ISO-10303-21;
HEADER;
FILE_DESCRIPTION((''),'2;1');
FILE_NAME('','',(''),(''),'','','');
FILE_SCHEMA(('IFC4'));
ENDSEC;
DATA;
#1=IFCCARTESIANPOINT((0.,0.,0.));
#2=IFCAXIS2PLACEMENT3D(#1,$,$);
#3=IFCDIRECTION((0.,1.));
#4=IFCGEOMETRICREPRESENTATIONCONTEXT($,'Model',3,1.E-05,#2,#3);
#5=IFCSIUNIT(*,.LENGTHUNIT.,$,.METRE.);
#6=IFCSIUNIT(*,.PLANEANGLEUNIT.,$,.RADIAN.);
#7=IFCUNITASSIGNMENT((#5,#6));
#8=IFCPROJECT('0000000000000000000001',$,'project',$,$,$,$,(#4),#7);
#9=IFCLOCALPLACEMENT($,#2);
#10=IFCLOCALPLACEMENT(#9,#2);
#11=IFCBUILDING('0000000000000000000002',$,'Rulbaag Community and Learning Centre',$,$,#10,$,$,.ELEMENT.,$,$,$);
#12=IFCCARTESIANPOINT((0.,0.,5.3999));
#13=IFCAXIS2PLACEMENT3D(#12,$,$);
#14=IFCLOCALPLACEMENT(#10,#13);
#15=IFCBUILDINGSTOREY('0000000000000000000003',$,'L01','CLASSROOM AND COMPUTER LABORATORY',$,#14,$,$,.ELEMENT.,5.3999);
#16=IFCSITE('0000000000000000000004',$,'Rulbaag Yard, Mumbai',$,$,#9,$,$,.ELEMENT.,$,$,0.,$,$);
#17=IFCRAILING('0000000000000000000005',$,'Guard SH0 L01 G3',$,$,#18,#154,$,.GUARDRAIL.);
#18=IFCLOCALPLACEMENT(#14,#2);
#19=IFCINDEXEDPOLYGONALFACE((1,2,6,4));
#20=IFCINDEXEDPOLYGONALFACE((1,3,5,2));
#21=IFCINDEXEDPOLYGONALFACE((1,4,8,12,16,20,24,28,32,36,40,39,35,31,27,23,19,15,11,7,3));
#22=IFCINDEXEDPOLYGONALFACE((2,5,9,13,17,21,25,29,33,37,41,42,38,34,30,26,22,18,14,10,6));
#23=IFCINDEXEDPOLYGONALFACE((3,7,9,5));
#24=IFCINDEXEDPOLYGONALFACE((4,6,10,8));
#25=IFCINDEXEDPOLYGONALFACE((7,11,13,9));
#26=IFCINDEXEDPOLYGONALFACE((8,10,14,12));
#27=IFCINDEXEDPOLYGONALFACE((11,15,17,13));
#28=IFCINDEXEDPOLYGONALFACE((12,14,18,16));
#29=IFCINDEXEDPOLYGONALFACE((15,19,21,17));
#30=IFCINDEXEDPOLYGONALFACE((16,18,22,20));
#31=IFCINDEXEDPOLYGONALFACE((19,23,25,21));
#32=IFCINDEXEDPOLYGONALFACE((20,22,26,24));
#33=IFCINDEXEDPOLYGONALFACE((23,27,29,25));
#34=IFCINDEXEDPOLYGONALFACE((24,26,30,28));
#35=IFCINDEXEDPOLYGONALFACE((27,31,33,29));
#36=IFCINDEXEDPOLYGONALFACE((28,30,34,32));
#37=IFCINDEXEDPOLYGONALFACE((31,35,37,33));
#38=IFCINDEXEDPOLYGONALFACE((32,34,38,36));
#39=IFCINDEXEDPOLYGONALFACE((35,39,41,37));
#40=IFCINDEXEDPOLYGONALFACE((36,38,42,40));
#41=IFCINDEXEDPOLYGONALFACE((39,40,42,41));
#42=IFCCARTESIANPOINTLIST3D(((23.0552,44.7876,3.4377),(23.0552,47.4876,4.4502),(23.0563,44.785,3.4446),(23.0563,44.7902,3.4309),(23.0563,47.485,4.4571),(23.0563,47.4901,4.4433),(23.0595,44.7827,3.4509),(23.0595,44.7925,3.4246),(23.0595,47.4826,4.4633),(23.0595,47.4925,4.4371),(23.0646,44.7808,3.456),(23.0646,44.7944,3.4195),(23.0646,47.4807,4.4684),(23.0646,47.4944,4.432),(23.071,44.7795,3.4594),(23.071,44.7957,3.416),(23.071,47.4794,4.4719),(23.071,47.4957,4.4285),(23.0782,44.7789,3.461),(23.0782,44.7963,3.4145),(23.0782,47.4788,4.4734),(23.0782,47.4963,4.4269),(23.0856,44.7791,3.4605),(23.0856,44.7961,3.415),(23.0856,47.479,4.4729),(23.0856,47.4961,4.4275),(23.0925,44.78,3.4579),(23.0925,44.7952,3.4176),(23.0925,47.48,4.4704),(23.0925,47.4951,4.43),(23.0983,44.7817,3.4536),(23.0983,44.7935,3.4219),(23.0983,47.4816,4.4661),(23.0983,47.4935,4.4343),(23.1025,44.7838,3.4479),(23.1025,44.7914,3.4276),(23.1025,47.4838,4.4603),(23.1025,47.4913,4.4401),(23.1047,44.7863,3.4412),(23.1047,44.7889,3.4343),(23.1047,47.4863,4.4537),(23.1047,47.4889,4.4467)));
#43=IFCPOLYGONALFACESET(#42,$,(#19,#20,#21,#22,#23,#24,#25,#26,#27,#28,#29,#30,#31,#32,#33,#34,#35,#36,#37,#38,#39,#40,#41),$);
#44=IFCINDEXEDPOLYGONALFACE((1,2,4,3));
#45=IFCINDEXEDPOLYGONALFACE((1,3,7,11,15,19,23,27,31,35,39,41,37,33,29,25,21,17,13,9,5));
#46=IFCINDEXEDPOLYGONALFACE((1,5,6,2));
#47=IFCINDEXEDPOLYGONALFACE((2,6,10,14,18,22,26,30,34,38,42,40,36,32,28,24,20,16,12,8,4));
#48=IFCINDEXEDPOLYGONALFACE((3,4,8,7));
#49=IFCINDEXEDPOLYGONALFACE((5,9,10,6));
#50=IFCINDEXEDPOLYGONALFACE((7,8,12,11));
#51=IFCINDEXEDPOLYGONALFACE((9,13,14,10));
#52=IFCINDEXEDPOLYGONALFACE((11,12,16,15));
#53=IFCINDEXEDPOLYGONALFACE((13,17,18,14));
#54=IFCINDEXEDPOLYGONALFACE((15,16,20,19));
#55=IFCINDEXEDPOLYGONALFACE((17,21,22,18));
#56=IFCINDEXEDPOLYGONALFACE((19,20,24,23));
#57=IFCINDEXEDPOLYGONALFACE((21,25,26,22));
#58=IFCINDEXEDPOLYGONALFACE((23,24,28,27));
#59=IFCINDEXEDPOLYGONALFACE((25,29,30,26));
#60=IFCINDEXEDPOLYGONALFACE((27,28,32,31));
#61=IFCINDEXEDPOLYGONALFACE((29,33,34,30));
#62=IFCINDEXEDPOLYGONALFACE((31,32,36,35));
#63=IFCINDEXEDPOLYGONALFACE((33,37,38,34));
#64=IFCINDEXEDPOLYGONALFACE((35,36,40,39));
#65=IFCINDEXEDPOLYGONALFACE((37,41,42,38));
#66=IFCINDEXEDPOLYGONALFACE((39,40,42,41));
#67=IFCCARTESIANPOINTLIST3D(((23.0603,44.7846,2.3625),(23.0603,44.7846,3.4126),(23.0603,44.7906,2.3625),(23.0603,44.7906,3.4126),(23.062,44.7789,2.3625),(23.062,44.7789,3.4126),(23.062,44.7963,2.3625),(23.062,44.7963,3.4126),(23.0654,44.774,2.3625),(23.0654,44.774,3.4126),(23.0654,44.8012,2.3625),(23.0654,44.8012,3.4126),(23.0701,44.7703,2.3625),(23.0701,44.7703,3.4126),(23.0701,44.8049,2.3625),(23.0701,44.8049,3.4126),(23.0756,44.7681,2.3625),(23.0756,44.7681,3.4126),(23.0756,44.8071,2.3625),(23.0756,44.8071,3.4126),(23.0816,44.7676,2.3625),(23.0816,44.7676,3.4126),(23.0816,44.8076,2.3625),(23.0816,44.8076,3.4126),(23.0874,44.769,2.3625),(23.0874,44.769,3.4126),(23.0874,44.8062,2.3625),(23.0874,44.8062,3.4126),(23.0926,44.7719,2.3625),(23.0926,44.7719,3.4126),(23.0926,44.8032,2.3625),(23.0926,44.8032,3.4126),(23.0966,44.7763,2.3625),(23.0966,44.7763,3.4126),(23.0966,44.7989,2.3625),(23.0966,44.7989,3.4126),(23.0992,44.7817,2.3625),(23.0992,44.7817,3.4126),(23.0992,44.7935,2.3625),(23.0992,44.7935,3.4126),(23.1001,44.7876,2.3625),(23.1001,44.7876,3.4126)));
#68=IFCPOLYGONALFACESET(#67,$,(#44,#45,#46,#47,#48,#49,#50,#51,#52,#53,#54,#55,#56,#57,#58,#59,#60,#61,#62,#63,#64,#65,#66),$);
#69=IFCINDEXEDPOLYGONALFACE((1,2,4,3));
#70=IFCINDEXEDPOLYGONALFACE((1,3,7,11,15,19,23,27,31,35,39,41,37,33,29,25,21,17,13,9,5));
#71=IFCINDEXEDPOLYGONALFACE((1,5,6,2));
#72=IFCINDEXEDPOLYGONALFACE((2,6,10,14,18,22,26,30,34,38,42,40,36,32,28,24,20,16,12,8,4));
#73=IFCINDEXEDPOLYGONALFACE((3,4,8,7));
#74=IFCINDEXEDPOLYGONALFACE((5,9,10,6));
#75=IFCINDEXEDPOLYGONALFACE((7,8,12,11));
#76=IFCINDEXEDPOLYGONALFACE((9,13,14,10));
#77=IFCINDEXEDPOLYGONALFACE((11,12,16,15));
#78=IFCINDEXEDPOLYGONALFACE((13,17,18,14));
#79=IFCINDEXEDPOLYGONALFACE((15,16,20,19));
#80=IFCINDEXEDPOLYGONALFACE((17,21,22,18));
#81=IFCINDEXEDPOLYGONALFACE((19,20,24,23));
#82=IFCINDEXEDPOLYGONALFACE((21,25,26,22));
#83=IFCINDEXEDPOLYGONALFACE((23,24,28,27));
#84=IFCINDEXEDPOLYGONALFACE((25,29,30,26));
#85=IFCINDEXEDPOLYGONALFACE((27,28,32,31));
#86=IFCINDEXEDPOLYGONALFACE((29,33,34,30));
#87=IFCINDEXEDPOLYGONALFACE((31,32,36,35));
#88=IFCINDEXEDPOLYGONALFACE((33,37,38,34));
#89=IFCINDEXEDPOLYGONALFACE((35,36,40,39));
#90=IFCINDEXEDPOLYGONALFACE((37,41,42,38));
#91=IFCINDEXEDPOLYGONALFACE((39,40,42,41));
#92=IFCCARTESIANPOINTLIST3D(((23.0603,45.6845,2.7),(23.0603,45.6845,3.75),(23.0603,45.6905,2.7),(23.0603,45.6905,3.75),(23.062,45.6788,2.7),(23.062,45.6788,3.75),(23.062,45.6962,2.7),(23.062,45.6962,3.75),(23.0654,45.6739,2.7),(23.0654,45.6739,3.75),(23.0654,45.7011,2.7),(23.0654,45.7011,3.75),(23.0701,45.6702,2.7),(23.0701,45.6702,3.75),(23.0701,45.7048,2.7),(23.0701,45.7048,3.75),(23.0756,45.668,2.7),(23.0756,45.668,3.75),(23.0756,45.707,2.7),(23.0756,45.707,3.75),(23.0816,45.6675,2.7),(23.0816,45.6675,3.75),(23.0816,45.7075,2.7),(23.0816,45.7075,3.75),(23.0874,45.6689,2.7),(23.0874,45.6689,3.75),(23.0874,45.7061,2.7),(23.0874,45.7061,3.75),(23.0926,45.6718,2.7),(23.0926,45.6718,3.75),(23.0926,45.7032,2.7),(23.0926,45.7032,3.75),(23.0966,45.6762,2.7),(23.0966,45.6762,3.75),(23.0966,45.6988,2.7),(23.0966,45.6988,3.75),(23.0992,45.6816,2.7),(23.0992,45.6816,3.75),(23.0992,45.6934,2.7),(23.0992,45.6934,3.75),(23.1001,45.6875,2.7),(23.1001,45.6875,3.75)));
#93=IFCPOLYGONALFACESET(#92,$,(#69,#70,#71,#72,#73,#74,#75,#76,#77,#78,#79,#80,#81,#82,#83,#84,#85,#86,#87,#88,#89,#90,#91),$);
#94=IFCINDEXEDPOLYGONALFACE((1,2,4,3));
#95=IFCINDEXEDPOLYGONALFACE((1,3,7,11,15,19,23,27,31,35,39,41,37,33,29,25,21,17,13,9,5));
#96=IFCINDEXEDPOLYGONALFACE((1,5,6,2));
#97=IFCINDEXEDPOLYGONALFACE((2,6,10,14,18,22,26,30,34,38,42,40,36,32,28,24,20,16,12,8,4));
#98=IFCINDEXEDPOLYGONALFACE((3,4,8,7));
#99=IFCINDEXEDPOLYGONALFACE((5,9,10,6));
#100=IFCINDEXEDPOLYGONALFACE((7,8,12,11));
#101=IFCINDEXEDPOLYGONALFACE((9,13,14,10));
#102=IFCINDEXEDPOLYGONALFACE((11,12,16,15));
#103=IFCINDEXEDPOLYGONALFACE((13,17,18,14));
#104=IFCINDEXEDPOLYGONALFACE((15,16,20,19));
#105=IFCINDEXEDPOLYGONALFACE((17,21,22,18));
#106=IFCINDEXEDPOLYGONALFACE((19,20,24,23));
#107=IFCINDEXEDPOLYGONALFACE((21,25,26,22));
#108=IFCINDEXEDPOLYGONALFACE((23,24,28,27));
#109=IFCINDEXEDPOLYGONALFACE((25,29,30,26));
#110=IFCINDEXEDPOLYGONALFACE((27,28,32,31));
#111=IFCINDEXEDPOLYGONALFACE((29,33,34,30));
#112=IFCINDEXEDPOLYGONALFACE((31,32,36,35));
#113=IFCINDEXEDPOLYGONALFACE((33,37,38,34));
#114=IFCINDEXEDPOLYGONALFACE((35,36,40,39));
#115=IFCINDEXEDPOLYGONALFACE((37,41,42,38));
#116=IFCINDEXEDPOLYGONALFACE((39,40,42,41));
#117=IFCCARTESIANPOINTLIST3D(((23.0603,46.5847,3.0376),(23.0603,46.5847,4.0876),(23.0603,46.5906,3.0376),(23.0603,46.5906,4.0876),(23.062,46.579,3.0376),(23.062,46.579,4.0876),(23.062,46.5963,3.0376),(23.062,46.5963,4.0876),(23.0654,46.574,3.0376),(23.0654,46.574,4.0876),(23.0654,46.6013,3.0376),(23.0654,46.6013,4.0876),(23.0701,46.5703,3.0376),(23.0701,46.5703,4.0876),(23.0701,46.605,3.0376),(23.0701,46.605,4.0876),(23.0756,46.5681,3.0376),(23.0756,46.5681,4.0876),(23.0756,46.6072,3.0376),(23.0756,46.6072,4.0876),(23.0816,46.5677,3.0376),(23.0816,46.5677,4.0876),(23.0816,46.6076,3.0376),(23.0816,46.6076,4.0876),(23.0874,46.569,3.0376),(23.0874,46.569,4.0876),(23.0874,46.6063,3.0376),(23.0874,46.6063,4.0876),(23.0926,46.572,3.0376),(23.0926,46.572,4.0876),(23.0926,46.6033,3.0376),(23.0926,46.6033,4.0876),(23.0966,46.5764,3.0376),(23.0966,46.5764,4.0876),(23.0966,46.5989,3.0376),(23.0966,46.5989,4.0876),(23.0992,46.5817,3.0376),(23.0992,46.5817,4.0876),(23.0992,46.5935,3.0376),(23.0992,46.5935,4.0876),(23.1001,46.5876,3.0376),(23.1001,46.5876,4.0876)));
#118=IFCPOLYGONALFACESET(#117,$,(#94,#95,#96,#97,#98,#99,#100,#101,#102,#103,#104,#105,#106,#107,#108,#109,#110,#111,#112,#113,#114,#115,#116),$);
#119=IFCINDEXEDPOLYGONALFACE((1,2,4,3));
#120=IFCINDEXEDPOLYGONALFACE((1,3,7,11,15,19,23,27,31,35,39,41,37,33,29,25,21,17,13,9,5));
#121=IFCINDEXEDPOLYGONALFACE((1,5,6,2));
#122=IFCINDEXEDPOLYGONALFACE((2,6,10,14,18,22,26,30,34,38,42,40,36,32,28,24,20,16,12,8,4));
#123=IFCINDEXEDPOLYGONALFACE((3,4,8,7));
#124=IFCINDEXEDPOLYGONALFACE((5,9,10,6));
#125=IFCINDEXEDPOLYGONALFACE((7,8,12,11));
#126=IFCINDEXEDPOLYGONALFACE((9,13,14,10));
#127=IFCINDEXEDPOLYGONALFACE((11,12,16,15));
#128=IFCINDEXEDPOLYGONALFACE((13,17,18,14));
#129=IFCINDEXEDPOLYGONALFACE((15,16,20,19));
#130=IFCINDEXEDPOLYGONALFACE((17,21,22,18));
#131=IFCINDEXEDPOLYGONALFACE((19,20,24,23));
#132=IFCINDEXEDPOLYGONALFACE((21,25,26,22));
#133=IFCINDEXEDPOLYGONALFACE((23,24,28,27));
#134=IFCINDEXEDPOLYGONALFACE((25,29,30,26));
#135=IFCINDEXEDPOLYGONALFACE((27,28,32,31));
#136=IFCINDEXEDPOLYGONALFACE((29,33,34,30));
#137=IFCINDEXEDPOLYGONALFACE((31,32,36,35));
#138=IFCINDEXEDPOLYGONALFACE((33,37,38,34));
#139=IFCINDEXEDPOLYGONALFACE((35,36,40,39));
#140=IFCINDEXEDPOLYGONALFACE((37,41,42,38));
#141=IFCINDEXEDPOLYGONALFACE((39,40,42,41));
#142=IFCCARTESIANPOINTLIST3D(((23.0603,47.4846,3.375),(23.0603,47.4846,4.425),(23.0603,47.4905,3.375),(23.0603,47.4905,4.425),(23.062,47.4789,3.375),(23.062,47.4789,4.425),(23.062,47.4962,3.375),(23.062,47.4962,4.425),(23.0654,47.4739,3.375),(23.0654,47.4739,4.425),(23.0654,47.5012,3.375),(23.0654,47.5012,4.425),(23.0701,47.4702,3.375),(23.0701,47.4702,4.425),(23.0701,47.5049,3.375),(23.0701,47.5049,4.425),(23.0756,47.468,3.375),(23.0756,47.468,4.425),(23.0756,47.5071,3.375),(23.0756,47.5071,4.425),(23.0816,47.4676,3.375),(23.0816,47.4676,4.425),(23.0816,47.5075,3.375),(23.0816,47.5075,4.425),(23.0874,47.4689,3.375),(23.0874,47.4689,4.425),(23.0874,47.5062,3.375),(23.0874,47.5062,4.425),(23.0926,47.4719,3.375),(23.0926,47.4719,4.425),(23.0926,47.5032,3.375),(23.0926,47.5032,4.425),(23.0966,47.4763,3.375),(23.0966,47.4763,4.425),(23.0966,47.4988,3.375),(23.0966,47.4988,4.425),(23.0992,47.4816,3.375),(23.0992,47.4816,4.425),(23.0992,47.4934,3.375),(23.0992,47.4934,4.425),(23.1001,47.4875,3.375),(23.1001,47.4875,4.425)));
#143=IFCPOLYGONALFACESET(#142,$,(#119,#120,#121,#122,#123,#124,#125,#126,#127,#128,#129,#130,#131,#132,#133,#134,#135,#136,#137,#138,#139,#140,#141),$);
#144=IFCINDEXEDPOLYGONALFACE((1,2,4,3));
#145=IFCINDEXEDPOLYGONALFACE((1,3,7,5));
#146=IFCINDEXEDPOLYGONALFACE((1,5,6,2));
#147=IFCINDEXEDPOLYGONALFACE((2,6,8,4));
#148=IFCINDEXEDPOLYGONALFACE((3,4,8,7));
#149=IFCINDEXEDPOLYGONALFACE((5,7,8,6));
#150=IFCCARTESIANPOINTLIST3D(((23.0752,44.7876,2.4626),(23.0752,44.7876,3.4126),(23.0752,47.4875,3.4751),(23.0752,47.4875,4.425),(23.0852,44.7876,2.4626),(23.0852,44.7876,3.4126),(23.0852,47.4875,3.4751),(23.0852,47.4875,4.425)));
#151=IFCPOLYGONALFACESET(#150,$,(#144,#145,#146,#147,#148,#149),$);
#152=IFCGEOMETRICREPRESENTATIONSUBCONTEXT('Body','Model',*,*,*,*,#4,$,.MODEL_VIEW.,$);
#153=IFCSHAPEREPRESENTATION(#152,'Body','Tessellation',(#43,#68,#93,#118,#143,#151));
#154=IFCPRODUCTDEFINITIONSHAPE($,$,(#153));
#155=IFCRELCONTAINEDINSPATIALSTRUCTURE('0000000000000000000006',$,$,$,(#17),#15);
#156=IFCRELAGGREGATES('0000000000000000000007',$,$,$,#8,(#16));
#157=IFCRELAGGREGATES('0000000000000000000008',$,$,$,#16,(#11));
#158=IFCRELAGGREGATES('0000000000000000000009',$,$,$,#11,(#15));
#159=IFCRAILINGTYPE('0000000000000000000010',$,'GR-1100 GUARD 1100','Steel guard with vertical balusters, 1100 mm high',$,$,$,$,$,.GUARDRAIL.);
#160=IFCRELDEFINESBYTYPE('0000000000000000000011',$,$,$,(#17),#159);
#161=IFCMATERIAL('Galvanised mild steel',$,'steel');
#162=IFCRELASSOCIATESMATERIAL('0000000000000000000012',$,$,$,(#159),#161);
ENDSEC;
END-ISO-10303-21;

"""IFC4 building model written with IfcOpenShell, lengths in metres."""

from ifc_helpers import new_model, si_unit, direction, frame, origin, origin_2d, place, context, subcontext, project, spatial, polyline, circle, outline, extrude, material, type_object, element, save


model = new_model("IFC4")

# Units and contexts
model_context = context("Model", 3, precision=1e-05, world=origin(), true_north=direction((0.0, 1.0)))
body_context = subcontext(model_context, "Body", "Model", "MODEL_VIEW")
ifc_project = project(units=[si_unit("LENGTHUNIT", "METRE"), si_unit("PLANEANGLEUNIT", "RADIAN")], contexts=[model_context])

# Site, building, storey
site_placement = place(None, origin())
site = spatial("IfcSite", under=ifc_project, at=site_placement, Name="Rulbaag Yard, Mumbai", CompositionType="ELEMENT", RefElevation=0.0)
building_placement = place(site_placement, origin())
building = spatial("IfcBuilding", under=site, at=building_placement, Name="Rulbaag Community and Learning Centre", CompositionType="ELEMENT")
storey_placement = place(building_placement, frame((0.0, 0.0, 5.3999)))
storey = spatial("IfcBuildingStorey", under=building, at=storey_placement, Name="L01", Description="CLASSROOM AND COMPUTER LABORATORY", CompositionType="ELEMENT", Elevation=5.3999)

# Railing
ifc_material_1 = material(Name="Galvanised mild steel", Category="steel")
railing_type_1 = type_object("IfcRailingType", Name="GR-1100 GUARD 1100", Description="Steel guard with vertical balusters, 1100 mm high", PredefinedType="GUARDRAIL", material=ifc_material_1)
railing_1_placement = place(storey_placement, frame((23.0801, 44.7876, 2.3625)))
element("IfcRailing", 1, at=railing_1_placement, inside=storey, type_object=railing_type_1, Name="Guard SH0 L01 G3", PredefinedType="GUARDRAIL", context=body_context, shape_type="SweptSolid", body=[
    extrude(circle(Radius=0.0249, at=origin_2d()), frame((0.0, 0.0, 1.0752), z_axis=(0.0, 0.936333, 0.351114), x_axis=(-1.0, 0.0, 0.0)), (0.0, 0.0, 1.0), 2.8835),
    extrude(circle(Radius=0.02, at=origin_2d()), origin(), (0.0, 0.0, 1.0), 1.05),
    extrude(circle(Radius=0.02, at=origin_2d()), frame((0.0, 0.8999, 0.3374)), (0.0, 0.0, 1.0), 1.05),
    extrude(circle(Radius=0.02, at=origin_2d()), frame((0.0, 1.8, 0.675)), (0.0, 0.0, 1.0), 1.05),
    extrude(circle(Radius=0.02, at=origin_2d()), frame((0.0, 2.7, 1.0125)), (0.0, 0.0, 1.0), 1.05),
    extrude(outline(polyline([(0.0, 0.0), (2.7, 1.0125), (2.7, 1.9624), (0.0, 0.95), (0.0, 0.0)])), frame((-0.0049, 0.0, 0.1001), z_axis=(1.0, 0.0, 0.0), x_axis=(0.0, 1.0, 0.0)), (0.0, 0.0, 1.0), 0.01),
])

save(model, "model.ifc")
